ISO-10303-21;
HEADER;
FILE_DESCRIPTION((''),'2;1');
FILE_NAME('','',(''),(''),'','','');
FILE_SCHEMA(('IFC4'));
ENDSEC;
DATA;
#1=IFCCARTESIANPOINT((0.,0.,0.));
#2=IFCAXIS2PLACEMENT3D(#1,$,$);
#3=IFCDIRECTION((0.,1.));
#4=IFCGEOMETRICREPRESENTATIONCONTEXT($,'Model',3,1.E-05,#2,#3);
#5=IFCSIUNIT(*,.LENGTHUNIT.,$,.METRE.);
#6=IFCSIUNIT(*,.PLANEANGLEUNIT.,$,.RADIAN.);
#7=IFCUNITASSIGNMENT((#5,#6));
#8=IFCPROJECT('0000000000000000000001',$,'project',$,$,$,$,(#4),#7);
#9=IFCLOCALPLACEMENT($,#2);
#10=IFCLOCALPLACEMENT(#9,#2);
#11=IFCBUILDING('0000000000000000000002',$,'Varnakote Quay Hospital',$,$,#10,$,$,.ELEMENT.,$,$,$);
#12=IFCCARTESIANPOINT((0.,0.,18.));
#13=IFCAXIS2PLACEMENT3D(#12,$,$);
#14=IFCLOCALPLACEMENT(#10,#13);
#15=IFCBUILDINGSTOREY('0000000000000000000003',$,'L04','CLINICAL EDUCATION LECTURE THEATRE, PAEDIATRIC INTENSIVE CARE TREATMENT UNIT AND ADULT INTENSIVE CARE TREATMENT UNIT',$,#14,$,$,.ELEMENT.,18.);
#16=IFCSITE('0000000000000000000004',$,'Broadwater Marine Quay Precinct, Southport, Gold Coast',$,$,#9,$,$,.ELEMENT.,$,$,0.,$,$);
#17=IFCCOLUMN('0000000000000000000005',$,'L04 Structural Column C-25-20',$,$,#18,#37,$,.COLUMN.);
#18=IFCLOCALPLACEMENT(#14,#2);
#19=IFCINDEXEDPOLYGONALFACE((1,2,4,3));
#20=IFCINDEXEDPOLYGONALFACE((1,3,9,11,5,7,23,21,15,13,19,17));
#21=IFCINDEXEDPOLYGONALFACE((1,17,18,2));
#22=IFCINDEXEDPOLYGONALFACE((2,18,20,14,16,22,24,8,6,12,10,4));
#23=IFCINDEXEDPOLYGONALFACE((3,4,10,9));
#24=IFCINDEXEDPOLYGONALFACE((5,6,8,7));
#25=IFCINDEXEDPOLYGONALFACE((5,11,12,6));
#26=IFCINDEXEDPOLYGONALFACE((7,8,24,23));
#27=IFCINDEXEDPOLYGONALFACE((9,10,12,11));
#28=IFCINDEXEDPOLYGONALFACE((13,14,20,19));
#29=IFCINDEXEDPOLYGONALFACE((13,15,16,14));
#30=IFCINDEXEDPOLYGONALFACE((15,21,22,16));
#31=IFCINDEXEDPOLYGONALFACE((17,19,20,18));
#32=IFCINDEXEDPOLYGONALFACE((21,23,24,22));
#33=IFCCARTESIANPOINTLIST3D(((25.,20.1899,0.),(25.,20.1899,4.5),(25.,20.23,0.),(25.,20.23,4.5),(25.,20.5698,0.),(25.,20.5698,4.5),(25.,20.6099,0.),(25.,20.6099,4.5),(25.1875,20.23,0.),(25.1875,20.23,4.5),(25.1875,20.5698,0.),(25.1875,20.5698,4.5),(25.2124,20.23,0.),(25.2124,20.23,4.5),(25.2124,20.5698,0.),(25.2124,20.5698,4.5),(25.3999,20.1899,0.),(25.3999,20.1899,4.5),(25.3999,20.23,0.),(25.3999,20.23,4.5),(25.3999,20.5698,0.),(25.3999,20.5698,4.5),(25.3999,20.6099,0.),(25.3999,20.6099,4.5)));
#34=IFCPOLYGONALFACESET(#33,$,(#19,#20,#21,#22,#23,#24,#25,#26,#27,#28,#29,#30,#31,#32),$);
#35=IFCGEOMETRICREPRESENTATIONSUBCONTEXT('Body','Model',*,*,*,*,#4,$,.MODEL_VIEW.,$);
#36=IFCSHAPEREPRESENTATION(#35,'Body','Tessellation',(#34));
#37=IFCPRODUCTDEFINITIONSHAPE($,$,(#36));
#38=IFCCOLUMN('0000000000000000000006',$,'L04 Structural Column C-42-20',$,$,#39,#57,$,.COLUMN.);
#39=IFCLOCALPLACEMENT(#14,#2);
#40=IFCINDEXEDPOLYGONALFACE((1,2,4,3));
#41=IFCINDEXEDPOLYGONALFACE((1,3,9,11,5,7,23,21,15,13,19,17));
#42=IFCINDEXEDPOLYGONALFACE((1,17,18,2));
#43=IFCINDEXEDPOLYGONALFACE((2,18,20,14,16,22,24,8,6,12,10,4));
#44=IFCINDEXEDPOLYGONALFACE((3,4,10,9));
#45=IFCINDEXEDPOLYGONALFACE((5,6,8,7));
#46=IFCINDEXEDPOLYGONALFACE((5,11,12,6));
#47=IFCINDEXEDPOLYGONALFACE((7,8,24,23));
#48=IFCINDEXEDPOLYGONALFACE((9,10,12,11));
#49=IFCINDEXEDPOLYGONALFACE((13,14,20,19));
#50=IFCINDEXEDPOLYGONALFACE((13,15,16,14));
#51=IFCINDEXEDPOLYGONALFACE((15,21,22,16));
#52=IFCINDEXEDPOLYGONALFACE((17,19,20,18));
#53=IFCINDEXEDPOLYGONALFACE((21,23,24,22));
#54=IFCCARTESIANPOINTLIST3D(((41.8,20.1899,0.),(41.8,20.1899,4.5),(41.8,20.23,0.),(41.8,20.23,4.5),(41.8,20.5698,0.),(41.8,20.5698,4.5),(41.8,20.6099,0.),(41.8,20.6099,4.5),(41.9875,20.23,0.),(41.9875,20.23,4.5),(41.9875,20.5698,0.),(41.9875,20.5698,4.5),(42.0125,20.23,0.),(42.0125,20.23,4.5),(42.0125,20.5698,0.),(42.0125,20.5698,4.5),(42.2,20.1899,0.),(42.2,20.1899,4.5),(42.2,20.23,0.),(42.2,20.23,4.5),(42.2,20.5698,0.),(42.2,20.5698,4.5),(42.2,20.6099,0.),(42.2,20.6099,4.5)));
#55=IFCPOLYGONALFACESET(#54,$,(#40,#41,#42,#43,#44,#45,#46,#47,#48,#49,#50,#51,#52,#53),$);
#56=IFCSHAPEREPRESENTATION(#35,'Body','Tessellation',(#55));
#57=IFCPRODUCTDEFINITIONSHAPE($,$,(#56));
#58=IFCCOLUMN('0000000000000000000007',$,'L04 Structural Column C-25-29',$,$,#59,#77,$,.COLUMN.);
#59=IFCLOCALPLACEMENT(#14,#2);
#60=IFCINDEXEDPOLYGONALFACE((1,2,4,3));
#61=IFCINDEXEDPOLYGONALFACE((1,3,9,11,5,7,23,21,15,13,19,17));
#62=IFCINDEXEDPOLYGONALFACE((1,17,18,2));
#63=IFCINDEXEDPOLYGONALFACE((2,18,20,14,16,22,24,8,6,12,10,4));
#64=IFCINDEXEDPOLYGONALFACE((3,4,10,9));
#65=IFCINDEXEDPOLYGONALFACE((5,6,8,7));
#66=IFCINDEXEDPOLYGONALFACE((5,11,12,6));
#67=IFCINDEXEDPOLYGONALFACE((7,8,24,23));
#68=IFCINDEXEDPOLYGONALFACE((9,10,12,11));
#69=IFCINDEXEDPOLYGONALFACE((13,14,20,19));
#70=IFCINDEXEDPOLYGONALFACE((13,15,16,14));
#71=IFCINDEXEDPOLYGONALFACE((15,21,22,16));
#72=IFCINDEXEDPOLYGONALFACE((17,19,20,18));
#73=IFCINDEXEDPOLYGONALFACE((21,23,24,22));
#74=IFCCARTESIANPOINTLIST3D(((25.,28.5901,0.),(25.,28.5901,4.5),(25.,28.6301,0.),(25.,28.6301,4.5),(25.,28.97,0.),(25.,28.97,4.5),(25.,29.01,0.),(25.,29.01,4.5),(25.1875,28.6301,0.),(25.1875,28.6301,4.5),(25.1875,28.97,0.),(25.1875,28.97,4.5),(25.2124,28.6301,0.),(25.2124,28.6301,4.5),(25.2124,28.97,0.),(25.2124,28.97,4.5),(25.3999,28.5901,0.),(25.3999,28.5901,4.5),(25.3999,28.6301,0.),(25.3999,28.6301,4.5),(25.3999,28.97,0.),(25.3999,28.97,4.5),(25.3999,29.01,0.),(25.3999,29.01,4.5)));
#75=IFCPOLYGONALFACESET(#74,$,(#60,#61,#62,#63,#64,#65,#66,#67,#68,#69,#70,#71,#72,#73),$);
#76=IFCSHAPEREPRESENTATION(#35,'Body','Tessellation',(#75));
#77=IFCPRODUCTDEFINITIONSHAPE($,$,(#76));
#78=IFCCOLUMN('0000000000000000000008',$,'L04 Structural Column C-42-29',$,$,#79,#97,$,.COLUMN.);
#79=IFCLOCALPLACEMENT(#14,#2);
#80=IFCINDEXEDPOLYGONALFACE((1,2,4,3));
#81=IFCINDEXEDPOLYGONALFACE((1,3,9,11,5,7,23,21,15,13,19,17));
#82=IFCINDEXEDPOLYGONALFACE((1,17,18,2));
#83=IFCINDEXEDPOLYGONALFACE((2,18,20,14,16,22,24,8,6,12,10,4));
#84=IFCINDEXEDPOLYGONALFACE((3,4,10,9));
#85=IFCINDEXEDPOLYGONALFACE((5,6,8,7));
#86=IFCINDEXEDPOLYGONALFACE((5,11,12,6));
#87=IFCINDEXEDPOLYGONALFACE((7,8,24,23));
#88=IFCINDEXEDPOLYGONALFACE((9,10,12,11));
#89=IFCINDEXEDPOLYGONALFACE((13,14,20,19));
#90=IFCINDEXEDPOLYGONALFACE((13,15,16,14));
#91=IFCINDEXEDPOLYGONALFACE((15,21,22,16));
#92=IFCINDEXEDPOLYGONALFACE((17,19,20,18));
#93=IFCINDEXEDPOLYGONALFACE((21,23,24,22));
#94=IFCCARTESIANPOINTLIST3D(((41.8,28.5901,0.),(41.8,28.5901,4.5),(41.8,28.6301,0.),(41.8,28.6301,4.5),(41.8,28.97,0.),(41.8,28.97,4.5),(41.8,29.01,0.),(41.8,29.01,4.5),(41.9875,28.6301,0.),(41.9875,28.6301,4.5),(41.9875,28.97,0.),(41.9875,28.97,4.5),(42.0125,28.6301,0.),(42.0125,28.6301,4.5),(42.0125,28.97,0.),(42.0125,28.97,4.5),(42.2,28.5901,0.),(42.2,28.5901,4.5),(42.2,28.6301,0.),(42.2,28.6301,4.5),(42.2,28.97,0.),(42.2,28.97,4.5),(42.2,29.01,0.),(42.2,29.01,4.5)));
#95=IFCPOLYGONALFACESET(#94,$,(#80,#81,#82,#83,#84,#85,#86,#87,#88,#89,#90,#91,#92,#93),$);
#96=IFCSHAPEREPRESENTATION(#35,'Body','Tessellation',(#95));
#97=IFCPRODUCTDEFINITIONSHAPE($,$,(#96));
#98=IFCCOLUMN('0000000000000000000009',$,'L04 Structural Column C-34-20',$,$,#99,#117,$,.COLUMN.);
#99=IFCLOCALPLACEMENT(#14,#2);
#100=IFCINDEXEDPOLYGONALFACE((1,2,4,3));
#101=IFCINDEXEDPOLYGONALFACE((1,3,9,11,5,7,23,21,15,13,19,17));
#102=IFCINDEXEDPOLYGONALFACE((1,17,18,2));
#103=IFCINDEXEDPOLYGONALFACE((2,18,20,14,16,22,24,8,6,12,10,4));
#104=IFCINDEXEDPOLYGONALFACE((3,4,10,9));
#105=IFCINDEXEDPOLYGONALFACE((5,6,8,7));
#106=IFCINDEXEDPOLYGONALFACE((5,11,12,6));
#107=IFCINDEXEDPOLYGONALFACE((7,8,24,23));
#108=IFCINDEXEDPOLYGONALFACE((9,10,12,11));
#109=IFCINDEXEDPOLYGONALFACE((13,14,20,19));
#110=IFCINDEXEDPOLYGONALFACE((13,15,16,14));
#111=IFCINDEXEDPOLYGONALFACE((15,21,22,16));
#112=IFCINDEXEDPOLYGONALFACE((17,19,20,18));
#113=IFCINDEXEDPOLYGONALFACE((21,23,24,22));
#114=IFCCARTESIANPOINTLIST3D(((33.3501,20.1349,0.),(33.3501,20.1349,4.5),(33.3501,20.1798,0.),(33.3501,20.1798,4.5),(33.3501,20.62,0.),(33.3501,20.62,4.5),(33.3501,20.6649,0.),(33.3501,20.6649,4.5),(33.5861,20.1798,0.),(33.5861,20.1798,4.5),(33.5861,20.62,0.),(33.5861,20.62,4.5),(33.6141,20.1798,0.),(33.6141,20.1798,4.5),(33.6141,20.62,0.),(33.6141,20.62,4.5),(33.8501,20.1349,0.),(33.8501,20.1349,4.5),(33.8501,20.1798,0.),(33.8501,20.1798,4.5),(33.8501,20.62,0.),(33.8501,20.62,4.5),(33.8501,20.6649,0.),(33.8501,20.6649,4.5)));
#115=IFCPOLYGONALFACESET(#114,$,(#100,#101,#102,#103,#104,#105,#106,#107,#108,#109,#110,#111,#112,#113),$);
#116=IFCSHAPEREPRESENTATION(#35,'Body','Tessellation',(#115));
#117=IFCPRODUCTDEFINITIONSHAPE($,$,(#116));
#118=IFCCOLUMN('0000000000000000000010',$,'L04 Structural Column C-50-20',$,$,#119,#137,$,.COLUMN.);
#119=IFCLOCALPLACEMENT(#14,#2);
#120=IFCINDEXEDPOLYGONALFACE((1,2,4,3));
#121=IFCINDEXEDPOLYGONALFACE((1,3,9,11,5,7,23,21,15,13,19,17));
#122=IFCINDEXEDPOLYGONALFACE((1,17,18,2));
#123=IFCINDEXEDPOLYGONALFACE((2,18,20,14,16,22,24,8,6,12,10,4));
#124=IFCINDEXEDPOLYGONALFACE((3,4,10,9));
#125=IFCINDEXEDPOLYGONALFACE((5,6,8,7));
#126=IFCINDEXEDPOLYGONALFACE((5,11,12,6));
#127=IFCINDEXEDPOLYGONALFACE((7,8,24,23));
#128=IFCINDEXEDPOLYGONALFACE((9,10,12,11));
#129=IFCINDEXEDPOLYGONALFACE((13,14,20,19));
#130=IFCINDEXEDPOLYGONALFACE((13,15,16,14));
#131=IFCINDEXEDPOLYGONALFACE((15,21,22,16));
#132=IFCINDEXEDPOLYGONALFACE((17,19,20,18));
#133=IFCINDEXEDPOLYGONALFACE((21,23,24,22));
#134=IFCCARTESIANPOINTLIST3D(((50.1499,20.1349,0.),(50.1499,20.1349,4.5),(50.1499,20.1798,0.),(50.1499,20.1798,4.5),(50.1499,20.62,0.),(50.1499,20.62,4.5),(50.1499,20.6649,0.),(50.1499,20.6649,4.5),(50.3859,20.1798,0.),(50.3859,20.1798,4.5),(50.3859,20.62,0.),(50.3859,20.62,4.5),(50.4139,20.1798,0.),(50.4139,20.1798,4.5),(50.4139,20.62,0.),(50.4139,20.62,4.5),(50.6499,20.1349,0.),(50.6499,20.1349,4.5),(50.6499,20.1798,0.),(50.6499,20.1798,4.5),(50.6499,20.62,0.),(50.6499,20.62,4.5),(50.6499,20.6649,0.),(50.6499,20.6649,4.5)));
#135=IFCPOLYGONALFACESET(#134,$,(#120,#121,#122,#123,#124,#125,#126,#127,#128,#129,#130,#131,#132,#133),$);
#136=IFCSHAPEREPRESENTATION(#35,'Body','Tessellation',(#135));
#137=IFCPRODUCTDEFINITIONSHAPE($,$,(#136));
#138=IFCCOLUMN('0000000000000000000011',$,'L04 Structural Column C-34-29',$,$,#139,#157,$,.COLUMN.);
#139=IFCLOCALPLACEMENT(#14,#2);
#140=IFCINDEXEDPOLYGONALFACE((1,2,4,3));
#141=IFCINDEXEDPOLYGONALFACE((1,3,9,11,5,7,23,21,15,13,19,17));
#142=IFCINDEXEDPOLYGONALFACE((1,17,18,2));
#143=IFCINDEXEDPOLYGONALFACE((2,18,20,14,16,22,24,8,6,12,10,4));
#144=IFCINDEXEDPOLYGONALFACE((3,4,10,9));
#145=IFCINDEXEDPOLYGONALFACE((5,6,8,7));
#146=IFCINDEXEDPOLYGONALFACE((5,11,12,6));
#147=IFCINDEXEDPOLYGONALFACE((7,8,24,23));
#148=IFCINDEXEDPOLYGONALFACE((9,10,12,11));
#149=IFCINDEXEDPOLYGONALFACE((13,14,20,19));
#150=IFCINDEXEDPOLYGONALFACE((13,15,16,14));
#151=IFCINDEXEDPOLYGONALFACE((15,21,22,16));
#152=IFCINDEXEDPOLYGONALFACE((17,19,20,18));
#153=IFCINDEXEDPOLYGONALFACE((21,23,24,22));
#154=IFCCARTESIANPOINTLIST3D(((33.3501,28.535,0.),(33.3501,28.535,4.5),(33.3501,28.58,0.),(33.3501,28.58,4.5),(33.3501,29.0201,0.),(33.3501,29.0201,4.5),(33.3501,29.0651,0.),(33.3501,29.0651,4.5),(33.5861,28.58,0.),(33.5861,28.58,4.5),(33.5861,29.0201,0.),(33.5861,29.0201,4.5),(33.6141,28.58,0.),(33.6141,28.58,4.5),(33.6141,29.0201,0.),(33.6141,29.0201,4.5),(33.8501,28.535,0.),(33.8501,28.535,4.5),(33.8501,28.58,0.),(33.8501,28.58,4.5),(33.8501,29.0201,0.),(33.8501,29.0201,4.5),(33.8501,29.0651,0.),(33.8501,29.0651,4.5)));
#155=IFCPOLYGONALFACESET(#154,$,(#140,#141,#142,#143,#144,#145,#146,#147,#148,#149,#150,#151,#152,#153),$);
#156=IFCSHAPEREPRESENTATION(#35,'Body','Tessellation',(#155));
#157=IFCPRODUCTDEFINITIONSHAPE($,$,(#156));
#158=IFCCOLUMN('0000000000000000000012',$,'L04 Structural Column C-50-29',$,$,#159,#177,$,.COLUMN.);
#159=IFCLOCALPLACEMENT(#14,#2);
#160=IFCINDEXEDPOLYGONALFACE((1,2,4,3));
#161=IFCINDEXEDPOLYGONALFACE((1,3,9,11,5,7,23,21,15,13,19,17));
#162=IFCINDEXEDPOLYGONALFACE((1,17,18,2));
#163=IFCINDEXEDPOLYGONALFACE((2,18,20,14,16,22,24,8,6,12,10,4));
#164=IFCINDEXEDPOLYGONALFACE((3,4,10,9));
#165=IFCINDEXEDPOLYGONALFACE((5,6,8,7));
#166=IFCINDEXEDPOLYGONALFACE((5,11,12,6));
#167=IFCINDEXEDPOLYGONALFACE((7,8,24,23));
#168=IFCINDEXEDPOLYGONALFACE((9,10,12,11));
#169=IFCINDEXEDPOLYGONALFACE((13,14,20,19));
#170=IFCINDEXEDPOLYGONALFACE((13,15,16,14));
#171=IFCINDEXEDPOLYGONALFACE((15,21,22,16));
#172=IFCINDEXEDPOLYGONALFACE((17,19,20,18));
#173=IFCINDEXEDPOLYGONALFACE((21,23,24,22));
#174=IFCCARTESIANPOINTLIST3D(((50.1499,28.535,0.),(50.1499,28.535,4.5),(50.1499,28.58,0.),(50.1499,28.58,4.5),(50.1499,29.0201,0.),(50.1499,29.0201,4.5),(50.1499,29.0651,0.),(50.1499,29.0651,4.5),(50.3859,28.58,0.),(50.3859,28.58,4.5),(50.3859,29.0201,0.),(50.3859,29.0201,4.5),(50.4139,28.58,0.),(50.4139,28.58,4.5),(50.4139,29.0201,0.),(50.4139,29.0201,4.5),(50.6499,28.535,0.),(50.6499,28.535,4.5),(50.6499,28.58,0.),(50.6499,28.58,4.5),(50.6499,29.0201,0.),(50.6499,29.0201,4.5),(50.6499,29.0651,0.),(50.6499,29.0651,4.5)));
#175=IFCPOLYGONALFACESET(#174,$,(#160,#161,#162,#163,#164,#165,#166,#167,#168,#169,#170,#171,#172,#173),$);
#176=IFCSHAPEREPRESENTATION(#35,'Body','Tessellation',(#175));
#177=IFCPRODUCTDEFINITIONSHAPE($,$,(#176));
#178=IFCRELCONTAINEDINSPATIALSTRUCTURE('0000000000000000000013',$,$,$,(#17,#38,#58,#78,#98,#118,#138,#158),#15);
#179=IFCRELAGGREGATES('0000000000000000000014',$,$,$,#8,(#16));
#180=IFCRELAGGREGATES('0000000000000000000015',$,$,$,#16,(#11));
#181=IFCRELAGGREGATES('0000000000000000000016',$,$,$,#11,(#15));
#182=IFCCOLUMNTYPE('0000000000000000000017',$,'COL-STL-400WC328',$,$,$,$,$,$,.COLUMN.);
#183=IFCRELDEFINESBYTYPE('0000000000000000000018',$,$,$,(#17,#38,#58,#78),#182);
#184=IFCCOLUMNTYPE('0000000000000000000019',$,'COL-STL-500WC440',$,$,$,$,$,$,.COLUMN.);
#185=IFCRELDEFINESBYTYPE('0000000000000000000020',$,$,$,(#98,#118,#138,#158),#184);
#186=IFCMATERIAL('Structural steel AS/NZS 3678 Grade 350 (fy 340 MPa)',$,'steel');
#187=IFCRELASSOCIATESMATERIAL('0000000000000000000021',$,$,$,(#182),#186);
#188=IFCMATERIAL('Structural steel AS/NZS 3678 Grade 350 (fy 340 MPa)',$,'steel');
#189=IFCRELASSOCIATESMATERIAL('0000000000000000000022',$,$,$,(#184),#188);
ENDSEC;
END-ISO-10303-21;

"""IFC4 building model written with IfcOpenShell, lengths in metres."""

from ifc_helpers import new_model, si_unit, direction, frame, origin, origin_2d, place, context, subcontext, project, spatial, i_section, extrude, material, material_profile, profile_set, type_object, element, save


model = new_model("IFC4")

# Units and contexts
model_context = context("Model", 3, precision=1e-05, world=origin(), true_north=direction((0.0, 1.0)))
body_context = subcontext(model_context, "Body", "Model", "MODEL_VIEW")
ifc_project = project(units=[si_unit("LENGTHUNIT", "METRE"), si_unit("PLANEANGLEUNIT", "RADIAN")], contexts=[model_context])

# Site, building, storey
site_placement = place(None, origin())
site = spatial("IfcSite", under=ifc_project, at=site_placement, Name="Broadwater Marine Quay Precinct, Southport, Gold Coast", CompositionType="ELEMENT", RefElevation=0.0)
building_placement = place(site_placement, origin())
building = spatial("IfcBuilding", under=site, at=building_placement, Name="Varnakote Quay Hospital", CompositionType="ELEMENT")
storey_placement = place(building_placement, frame((0.0, 0.0, 18.0)))
storey = spatial("IfcBuildingStorey", under=building, at=storey_placement, Name="L04", Description="CLINICAL EDUCATION LECTURE THEATRE, PAEDIATRIC INTENSIVE CARE TREATMENT UNIT AND ADULT INTENSIVE CARE TREATMENT UNIT", CompositionType="ELEMENT", Elevation=18.0)

# Columns
ifc_material_1 = material(Name="Structural steel AS/NZS 3678 Grade 350 (fy 340 MPa)", Category="steel")
ifc_material_profile_1 = material_profile(ifc_material_1, i_section(OverallWidth=0.3999, OverallDepth=0.4199, WebThickness=0.0249, FlangeThickness=0.04, at=origin_2d()), Name="400WC328")
ifc_profile_set_1 = profile_set([ifc_material_profile_1], Name="Structural steel AS/NZS 3678 Grade 350 (fy 340 MPa)")
column_type_1 = type_object("IfcColumnType", Name="COL-STL-400WC328", PredefinedType="COLUMN", material=ifc_profile_set_1)
for number, where, z_axis, x_axis, name in (
    (1, (25.2, 20.3999, 0.0), (0.0, 0.0, 1.0), (1.0, 0.0, 0.0), "L04 Structural Column C-25-20"),
    (2, (42.0, 20.3999, 0.0), (0.0, 0.0, 1.0), (1.0, 0.0, 0.0), "L04 Structural Column C-42-20"),
    (3, (25.2, 28.8, 0.0), (0.0, 0.0, 1.0), (1.0, 0.0, 0.0), "L04 Structural Column C-25-29"),
    (4, (42.0, 28.8, 0.0), (0.0, 0.0, 1.0), (1.0, 0.0, 0.0), "L04 Structural Column C-42-29"),
):
    element("IfcColumn", number, at=place(storey_placement, frame(where, z_axis=z_axis, x_axis=x_axis)), inside=storey, type_object=column_type_1, Name=name, PredefinedType="COLUMN", context=body_context, shape_type="SweptSolid", body=[
        extrude(i_section(OverallWidth=0.3999, OverallDepth=0.4199, WebThickness=0.0249, FlangeThickness=0.04, at=origin_2d()), origin(), (0.0, 0.0, 1.0), 4.5),
    ])
ifc_material_2 = material(Name="Structural steel AS/NZS 3678 Grade 350 (fy 340 MPa)", Category="steel")
ifc_material_profile_2 = material_profile(ifc_material_2, i_section(OverallWidth=0.5, OverallDepth=0.53, WebThickness=0.0281, FlangeThickness=0.0449, at=origin_2d()), Name="500WC440")
ifc_profile_set_2 = profile_set([ifc_material_profile_2], Name="Structural steel AS/NZS 3678 Grade 350 (fy 340 MPa)")
column_type_2 = type_object("IfcColumnType", Name="COL-STL-500WC440", PredefinedType="COLUMN", material=ifc_profile_set_2)
for number, where, z_axis, x_axis, name in (
    (5, (33.6001, 20.3999, 0.0), (0.0, 0.0, 1.0), (1.0, 0.0, 0.0), "L04 Structural Column C-34-20"),
    (6, (50.3999, 20.3999, 0.0), (0.0, 0.0, 1.0), (1.0, 0.0, 0.0), "L04 Structural Column C-50-20"),
    (7, (33.6001, 28.8, 0.0), (0.0, 0.0, 1.0), (1.0, 0.0, 0.0), "L04 Structural Column C-34-29"),
    (8, (50.3999, 28.8, 0.0), (0.0, 0.0, 1.0), (1.0, 0.0, 0.0), "L04 Structural Column C-50-29"),
):
    element("IfcColumn", number, at=place(storey_placement, frame(where, z_axis=z_axis, x_axis=x_axis)), inside=storey, type_object=column_type_2, Name=name, PredefinedType="COLUMN", context=body_context, shape_type="SweptSolid", body=[
        extrude(i_section(OverallWidth=0.5, OverallDepth=0.53, WebThickness=0.0281, FlangeThickness=0.0449, at=origin_2d()), origin(), (0.0, 0.0, 1.0), 4.5),
    ])

save(model, "model.ifc")
